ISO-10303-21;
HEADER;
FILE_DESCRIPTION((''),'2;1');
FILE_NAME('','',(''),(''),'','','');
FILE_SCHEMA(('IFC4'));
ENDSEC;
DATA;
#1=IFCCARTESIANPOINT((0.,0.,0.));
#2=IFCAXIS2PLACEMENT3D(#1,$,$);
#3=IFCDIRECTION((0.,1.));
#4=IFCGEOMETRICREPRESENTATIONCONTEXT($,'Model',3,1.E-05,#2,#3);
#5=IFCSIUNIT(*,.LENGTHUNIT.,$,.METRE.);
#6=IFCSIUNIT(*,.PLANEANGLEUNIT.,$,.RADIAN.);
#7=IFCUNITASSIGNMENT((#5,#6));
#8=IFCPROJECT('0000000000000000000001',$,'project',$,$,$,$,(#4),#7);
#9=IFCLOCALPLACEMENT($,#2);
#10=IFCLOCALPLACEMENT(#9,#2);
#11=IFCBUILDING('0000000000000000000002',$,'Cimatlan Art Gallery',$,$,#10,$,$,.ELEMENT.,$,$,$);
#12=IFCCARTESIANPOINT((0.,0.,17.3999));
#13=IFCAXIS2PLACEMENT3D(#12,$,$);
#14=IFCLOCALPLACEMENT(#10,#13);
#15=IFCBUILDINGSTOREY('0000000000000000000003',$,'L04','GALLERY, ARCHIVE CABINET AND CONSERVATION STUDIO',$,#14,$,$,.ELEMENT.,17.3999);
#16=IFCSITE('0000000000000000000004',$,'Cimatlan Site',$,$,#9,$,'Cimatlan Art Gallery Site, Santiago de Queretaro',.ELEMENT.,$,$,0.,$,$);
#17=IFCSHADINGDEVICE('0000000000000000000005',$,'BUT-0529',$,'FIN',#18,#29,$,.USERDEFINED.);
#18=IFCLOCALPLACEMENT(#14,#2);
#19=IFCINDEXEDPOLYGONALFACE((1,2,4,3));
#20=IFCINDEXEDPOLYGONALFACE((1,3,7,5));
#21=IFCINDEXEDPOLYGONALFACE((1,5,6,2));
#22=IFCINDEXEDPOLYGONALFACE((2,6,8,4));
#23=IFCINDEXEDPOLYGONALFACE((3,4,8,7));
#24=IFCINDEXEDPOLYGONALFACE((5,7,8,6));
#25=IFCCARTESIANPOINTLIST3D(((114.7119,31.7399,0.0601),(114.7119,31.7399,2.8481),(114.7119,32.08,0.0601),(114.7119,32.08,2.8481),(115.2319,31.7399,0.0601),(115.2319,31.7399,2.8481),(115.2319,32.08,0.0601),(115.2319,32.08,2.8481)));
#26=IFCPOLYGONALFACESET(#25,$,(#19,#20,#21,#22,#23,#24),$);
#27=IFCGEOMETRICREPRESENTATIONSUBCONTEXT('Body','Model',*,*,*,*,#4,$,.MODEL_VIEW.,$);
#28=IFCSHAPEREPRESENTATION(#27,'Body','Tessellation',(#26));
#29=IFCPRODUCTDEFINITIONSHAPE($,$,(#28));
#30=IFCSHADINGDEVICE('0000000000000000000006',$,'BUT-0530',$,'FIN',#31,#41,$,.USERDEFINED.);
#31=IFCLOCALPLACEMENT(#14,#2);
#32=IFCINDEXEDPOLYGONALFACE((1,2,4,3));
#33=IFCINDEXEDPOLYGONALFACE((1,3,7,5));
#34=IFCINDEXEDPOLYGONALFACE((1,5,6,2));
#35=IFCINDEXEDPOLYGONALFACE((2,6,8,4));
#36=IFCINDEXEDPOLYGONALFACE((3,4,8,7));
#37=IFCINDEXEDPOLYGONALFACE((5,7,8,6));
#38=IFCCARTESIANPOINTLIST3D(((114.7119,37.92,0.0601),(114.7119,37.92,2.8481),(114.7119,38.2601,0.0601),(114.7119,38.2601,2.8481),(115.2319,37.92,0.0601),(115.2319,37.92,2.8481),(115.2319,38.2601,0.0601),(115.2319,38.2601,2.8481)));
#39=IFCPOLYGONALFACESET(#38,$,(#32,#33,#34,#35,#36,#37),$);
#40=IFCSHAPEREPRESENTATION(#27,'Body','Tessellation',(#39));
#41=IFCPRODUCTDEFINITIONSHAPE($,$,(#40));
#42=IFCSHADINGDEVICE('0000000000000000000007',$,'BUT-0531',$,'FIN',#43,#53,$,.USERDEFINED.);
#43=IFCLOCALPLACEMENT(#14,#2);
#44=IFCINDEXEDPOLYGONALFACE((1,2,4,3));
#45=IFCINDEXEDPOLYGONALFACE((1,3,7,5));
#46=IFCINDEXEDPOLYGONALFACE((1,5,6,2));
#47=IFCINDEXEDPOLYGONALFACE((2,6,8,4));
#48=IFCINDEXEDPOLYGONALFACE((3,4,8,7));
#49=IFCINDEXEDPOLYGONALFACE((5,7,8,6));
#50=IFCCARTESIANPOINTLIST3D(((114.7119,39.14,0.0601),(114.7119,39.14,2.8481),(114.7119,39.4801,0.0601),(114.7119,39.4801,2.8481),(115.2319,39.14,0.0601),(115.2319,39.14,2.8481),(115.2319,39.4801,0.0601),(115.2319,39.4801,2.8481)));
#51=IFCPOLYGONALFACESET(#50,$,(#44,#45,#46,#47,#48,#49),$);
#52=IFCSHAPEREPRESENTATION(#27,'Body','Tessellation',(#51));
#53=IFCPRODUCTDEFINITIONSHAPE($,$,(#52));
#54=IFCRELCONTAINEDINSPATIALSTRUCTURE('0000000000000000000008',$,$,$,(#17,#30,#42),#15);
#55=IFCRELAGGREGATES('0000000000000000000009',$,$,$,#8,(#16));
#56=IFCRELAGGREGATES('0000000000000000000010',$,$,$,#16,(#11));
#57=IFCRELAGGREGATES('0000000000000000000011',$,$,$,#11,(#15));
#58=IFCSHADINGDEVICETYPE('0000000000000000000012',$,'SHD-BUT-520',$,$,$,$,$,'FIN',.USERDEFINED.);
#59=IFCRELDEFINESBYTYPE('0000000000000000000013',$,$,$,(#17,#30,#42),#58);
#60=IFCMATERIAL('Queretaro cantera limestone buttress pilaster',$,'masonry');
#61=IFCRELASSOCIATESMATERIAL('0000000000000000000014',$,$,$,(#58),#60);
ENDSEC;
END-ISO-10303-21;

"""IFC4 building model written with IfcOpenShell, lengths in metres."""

from ifc_helpers import new_model, si_unit, direction, frame, origin, origin_2d, place, context, subcontext, project, spatial, rectangle, extrude, material, type_object, element, save


model = new_model("IFC4")

# Units and contexts
model_context = context("Model", 3, precision=1e-05, world=origin(), true_north=direction((0.0, 1.0)))
body_context = subcontext(model_context, "Body", "Model", "MODEL_VIEW")
ifc_project = project(units=[si_unit("LENGTHUNIT", "METRE"), si_unit("PLANEANGLEUNIT", "RADIAN")], contexts=[model_context])

# Site, building, storey
site_placement = place(None, origin())
site = spatial("IfcSite", under=ifc_project, at=site_placement, Name="Cimatlan Site", LongName="Cimatlan Art Gallery Site, Santiago de Queretaro", CompositionType="ELEMENT", RefElevation=0.0)
building_placement = place(site_placement, origin())
building = spatial("IfcBuilding", under=site, at=building_placement, Name="Cimatlan Art Gallery", CompositionType="ELEMENT")
storey_placement = place(building_placement, frame((0.0, 0.0, 17.3999)))
storey = spatial("IfcBuildingStorey", under=building, at=storey_placement, Name="L04", Description="GALLERY, ARCHIVE CABINET AND CONSERVATION STUDIO", CompositionType="ELEMENT", Elevation=17.3999)

# Shading devices
ifc_material_1 = material(Name="Queretaro cantera limestone buttress pilaster", Category="masonry")
shading_device_type = type_object("IfcShadingDeviceType", Name="SHD-BUT-520", ElementType="FIN", PredefinedType="USERDEFINED", material=ifc_material_1)
for number, where, z_axis, x_axis, name in (
    (1, (114.9719, 31.9099, 0.0601), (0.0, 0.0, 1.0), (0.0, 1.0, 0.0), "BUT-0529"),
    (2, (114.9719, 38.0901, 0.0601), (0.0, 0.0, 1.0), (0.0, 1.0, 0.0), "BUT-0530"),
    (3, (114.9719, 39.3101, 0.0601), (0.0, 0.0, 1.0), (0.0, 1.0, 0.0), "BUT-0531"),
):
    element("IfcShadingDevice", number, at=place(storey_placement, frame(where, z_axis=z_axis, x_axis=x_axis)), inside=storey, type_object=shading_device_type, Name=name, ObjectType="FIN", PredefinedType="USERDEFINED", context=body_context, shape_type="SweptSolid", body=[
        extrude(rectangle(XDim=0.3401, YDim=0.52, at=origin_2d()), origin(), (0.0, 0.0, 1.0), 2.7881),
    ])

save(model, "model.ifc")
